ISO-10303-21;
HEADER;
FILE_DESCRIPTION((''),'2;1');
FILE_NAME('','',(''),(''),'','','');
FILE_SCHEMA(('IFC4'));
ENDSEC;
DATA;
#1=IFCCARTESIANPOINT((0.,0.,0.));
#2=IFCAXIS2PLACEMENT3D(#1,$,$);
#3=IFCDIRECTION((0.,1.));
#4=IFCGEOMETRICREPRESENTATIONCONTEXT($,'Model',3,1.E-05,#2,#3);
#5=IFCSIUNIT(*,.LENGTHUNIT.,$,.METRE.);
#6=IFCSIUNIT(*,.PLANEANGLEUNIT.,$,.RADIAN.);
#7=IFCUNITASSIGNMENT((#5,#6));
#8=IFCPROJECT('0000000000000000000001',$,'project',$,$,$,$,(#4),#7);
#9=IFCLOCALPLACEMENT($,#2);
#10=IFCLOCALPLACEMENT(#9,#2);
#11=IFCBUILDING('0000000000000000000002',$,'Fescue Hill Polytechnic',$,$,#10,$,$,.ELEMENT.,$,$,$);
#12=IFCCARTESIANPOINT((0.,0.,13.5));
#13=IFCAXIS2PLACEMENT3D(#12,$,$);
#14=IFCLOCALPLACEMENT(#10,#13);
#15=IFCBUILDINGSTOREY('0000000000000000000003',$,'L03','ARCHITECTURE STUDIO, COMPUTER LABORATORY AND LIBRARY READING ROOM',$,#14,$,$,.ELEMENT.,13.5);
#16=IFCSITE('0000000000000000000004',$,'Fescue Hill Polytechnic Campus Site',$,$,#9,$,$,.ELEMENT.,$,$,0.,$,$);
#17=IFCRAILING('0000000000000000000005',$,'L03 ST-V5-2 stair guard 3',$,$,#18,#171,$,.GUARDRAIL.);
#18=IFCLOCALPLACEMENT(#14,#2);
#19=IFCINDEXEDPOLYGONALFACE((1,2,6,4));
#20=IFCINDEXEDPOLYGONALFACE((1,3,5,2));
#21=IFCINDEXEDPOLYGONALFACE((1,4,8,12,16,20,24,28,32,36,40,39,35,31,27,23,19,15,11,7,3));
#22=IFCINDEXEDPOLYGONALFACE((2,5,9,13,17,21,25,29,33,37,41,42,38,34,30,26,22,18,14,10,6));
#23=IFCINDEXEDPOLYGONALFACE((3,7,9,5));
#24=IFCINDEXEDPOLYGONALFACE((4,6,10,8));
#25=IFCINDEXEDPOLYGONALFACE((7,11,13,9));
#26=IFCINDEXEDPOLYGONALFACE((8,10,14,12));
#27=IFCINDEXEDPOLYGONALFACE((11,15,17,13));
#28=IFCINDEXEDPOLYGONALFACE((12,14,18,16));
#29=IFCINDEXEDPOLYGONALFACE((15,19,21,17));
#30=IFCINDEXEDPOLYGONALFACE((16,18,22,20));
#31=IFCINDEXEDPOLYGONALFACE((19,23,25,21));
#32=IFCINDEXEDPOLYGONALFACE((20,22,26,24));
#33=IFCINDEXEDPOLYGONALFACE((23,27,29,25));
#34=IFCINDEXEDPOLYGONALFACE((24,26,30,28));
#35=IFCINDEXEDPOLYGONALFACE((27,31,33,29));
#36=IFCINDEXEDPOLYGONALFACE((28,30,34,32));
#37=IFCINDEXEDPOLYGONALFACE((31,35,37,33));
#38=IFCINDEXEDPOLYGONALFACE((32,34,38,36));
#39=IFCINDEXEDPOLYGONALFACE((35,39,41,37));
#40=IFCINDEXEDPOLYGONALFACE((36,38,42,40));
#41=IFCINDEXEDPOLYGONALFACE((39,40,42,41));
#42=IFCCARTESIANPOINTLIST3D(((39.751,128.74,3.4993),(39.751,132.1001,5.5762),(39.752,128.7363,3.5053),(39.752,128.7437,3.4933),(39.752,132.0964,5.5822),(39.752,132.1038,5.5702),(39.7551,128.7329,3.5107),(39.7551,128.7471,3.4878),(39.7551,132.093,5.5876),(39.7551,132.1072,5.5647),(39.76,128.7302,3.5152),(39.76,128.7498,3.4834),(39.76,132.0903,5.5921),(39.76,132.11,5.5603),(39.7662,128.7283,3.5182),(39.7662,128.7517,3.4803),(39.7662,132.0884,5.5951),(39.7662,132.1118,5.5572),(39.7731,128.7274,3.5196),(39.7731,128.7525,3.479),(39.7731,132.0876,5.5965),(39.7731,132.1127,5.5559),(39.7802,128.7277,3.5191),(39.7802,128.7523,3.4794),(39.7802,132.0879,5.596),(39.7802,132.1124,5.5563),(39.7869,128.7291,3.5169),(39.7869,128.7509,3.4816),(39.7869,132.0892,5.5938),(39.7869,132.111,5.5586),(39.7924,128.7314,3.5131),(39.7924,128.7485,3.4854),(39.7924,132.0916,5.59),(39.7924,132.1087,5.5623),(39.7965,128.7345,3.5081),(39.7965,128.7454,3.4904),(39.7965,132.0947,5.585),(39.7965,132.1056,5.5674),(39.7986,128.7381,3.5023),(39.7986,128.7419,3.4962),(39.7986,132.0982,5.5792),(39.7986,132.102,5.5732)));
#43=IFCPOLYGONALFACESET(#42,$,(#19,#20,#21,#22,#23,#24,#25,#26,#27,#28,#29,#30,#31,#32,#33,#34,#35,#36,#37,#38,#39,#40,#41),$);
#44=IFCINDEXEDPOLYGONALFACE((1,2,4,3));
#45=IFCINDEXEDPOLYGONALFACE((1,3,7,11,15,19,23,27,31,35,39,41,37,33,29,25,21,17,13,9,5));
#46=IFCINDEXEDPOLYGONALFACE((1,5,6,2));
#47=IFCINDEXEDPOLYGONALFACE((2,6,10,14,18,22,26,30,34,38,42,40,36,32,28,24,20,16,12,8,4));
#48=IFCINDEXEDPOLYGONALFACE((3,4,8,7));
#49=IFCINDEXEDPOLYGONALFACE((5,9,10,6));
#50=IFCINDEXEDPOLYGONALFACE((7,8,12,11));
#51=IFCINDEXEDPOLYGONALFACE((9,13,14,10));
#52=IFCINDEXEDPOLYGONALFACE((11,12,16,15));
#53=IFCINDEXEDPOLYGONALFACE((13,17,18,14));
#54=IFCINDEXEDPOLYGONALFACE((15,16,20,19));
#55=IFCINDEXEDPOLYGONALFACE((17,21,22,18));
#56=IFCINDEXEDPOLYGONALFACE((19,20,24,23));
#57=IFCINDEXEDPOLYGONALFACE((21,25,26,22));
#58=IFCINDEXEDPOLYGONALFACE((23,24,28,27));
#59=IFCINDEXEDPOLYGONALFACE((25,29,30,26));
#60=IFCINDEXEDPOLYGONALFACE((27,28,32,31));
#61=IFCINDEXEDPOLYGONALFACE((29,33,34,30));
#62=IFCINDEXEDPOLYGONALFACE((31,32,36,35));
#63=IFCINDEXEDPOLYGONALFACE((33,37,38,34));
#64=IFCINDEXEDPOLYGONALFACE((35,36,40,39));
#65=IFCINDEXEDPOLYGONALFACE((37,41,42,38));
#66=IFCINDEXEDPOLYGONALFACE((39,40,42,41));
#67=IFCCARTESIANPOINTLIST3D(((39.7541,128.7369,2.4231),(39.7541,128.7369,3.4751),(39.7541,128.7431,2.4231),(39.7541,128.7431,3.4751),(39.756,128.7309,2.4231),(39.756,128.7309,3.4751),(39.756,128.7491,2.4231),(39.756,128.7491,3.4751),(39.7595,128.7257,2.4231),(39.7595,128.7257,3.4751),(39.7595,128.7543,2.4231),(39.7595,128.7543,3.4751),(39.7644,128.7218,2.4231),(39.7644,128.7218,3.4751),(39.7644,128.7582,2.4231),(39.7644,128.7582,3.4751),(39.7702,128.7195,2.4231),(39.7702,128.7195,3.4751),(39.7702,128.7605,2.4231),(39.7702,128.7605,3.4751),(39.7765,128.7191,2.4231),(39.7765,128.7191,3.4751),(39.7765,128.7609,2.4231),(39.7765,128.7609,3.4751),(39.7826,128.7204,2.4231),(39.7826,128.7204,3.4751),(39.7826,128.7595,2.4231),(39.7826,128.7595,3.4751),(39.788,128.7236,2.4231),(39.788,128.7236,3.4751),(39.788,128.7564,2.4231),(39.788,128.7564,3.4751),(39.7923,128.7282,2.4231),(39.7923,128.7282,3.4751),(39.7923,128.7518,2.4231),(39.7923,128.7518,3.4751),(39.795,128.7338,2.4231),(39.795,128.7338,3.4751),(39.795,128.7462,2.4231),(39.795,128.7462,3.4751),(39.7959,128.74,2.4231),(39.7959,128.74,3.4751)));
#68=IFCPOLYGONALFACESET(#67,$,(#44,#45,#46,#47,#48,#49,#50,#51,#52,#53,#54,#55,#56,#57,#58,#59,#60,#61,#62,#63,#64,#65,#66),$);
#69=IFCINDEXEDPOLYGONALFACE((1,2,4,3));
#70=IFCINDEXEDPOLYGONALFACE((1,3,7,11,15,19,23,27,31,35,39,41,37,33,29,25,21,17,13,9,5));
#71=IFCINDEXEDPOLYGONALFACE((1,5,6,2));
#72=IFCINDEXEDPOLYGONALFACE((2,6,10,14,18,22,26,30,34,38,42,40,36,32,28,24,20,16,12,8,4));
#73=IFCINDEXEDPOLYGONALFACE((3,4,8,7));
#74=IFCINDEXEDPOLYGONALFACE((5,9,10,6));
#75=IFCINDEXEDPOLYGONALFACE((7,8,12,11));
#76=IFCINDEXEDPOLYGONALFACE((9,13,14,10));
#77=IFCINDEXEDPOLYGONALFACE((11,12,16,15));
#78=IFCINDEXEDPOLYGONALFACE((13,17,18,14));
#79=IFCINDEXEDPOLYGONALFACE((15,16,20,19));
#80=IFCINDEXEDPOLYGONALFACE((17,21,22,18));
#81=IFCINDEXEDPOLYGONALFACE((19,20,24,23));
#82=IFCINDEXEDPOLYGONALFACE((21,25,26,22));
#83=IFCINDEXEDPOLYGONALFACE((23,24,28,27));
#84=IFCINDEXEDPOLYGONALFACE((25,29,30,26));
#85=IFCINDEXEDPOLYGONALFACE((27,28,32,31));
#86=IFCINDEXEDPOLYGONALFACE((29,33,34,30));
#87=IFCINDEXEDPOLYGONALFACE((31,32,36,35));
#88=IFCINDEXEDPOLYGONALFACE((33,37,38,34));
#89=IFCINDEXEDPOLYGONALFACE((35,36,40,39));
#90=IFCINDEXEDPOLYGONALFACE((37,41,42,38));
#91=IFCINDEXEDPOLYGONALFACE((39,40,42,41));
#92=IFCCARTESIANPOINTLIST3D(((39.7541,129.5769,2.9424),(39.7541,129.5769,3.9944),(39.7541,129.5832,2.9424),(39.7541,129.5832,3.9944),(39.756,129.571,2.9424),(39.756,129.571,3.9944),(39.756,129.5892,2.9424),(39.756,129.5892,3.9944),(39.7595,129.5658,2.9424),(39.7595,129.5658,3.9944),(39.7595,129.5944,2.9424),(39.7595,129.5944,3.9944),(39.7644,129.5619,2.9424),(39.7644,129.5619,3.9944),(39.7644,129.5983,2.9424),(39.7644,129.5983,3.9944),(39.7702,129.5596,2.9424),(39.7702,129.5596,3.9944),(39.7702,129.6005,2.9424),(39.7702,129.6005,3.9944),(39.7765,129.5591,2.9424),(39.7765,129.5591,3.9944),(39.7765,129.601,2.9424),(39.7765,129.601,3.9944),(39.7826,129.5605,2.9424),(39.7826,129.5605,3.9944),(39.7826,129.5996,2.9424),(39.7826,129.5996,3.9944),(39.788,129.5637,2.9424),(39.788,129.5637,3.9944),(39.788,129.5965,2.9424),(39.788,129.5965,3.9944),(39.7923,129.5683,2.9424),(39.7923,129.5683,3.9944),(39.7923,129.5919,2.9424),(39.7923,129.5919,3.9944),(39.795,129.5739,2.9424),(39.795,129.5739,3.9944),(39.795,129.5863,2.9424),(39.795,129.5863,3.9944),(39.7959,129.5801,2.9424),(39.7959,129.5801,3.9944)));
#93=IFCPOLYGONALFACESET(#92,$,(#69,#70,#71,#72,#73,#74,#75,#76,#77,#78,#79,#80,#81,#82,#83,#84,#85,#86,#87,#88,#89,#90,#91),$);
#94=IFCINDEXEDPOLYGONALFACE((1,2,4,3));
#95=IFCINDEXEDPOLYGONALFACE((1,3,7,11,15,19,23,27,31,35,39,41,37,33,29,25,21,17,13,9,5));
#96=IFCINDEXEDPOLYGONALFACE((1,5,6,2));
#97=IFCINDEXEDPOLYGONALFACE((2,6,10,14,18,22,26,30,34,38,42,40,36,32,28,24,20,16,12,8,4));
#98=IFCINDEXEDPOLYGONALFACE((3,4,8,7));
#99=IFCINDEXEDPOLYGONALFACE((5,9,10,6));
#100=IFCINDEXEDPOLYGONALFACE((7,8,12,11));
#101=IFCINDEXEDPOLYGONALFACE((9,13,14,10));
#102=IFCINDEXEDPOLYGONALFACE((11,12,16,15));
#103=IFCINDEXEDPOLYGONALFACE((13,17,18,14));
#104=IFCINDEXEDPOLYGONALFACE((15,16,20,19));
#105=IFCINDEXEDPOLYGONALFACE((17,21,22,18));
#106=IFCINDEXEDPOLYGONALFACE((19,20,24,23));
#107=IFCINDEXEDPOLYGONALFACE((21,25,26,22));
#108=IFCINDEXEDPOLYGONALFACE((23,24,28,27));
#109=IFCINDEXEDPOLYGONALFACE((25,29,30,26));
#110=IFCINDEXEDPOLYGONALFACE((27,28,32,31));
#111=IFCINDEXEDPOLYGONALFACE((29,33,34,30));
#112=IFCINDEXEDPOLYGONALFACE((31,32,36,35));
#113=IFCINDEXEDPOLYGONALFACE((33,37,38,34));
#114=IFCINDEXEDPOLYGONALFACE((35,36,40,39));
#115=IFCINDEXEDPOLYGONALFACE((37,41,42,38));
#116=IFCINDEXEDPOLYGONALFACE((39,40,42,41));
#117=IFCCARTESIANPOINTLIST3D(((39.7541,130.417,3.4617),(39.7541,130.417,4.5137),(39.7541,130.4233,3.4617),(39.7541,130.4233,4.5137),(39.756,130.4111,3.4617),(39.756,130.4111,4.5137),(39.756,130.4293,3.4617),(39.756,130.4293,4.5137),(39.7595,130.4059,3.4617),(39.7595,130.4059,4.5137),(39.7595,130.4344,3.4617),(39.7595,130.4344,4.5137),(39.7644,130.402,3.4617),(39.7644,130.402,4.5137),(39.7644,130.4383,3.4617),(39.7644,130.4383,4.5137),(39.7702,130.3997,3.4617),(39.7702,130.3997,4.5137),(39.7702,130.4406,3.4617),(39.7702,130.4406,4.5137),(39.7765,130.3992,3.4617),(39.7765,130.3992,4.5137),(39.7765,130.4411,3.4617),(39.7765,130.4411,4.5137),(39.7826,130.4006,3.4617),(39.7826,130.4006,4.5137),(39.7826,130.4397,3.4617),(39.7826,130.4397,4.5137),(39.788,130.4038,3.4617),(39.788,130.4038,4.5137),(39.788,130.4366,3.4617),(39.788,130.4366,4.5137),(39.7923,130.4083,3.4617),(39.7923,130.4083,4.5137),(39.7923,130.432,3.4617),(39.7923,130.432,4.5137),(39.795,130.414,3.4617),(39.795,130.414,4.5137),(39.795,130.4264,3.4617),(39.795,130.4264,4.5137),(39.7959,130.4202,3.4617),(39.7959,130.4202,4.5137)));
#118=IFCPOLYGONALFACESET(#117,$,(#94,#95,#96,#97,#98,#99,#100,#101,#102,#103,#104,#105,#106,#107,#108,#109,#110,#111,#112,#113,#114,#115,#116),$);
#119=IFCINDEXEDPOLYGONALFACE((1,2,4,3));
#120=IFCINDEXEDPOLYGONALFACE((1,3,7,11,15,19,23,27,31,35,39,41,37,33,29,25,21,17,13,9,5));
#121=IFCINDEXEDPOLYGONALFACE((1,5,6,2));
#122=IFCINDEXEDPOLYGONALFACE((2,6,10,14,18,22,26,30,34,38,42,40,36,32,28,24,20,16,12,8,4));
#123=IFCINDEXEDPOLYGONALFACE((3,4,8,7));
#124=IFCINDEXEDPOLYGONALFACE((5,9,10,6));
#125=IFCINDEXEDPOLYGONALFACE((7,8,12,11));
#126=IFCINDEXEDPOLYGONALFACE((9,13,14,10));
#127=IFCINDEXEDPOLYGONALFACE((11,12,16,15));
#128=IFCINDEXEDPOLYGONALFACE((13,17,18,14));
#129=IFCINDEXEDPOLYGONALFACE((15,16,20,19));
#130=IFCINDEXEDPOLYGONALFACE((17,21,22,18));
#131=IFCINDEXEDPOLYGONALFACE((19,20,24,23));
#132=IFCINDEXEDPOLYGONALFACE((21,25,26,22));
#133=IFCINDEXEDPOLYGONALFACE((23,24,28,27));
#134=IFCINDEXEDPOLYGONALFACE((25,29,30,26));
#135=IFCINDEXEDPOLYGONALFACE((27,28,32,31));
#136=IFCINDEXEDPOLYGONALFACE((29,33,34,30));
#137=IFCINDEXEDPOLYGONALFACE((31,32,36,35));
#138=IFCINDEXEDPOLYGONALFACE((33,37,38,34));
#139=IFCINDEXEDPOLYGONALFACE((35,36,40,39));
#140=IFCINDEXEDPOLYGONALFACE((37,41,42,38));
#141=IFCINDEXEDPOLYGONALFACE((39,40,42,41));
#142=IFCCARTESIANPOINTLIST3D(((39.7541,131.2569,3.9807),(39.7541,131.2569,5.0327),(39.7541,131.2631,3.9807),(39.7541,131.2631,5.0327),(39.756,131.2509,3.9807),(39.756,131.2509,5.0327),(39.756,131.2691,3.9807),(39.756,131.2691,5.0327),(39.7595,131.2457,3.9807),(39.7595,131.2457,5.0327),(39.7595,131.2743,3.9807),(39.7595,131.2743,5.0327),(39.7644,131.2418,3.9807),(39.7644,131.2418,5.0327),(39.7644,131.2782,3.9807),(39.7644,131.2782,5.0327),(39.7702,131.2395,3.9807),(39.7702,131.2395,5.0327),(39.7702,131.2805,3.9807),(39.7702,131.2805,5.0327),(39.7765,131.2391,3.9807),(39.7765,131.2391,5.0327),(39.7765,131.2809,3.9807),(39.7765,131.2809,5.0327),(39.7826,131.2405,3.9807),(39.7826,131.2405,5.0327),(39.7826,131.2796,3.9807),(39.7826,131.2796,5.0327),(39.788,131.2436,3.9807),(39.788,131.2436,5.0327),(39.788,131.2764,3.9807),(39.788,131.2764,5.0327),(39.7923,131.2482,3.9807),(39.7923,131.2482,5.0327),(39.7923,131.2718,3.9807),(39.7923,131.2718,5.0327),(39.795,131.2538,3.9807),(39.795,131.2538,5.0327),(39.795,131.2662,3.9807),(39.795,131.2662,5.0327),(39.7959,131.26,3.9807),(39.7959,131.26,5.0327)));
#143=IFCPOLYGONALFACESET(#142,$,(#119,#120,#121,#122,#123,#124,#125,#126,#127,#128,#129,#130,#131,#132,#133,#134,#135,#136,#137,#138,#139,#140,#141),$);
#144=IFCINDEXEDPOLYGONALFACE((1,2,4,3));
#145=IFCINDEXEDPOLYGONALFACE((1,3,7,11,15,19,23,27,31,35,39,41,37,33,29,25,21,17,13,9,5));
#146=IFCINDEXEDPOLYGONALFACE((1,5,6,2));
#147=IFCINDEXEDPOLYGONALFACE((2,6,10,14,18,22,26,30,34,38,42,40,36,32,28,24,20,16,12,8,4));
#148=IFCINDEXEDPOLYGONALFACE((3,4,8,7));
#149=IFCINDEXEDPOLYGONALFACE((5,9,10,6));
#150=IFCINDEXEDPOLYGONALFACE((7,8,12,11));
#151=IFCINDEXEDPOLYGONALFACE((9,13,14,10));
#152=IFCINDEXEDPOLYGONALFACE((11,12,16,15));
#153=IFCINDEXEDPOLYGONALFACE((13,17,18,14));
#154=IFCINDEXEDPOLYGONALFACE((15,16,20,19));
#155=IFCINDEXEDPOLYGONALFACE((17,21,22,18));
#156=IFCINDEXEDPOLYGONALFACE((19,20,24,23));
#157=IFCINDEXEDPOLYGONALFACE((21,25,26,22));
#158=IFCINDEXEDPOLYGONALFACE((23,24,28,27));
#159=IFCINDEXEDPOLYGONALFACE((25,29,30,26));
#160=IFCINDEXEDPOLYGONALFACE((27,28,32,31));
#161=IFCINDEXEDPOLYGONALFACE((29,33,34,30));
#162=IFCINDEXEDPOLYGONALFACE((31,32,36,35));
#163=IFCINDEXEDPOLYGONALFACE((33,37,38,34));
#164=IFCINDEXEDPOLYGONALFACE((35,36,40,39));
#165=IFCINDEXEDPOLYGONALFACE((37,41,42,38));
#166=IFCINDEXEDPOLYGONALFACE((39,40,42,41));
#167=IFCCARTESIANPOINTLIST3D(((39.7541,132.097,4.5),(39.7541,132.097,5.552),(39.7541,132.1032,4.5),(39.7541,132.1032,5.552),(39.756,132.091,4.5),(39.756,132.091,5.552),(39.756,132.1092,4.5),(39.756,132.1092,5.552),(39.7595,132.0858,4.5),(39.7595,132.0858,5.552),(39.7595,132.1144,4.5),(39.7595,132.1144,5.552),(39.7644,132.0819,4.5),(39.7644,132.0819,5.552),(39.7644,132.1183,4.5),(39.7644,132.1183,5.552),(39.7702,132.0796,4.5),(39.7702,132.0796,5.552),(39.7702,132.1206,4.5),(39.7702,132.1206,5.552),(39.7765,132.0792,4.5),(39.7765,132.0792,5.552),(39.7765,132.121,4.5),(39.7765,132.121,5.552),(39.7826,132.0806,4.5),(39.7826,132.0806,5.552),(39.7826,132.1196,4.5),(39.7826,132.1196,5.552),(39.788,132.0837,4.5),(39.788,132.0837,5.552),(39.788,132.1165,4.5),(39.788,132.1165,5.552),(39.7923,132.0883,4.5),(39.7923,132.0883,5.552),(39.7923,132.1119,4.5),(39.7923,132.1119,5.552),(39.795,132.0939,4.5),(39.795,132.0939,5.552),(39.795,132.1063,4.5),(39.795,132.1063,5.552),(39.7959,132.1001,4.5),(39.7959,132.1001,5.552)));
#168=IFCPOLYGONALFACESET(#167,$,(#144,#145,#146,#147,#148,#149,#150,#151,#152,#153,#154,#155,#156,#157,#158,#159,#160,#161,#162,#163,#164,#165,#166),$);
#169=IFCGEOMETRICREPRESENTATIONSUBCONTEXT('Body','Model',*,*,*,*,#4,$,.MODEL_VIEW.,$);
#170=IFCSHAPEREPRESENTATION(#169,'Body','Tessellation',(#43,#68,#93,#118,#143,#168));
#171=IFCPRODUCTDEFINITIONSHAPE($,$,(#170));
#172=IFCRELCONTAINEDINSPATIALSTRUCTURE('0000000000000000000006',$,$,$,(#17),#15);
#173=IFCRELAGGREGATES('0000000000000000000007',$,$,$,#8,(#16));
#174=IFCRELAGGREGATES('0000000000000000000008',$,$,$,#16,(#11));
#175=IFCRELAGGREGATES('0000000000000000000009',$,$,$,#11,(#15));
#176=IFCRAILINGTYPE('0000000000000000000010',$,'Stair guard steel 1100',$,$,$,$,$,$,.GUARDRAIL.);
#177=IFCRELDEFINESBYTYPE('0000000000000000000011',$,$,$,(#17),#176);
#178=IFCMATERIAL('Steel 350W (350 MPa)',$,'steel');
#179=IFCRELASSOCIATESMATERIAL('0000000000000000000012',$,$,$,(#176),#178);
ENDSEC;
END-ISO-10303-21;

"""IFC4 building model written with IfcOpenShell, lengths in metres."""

from ifc_helpers import new_model, si_unit, direction, frame, origin, origin_2d, place, context, subcontext, project, spatial, circle, extrude, material, type_object, element, save


model = new_model("IFC4")

# Units and contexts
model_context = context("Model", 3, precision=1e-05, world=origin(), true_north=direction((0.0, 1.0)))
body_context = subcontext(model_context, "Body", "Model", "MODEL_VIEW")
ifc_project = project(units=[si_unit("LENGTHUNIT", "METRE"), si_unit("PLANEANGLEUNIT", "RADIAN")], contexts=[model_context])

# Site, building, storey
site_placement = place(None, origin())
site = spatial("IfcSite", under=ifc_project, at=site_placement, Name="Fescue Hill Polytechnic Campus Site", CompositionType="ELEMENT", RefElevation=0.0)
building_placement = place(site_placement, origin())
building = spatial("IfcBuilding", under=site, at=building_placement, Name="Fescue Hill Polytechnic", CompositionType="ELEMENT")
storey_placement = place(building_placement, frame((0.0, 0.0, 13.5)))
storey = spatial("IfcBuildingStorey", under=building, at=storey_placement, Name="L03", Description="ARCHITECTURE STUDIO, COMPUTER LABORATORY AND LIBRARY READING ROOM", CompositionType="ELEMENT", Elevation=13.5)

# Railing
ifc_material_1 = material(Name="Steel 350W (350 MPa)", Category="steel")
railing_type_1 = type_object("IfcRailingType", Name="Stair guard steel 1100", PredefinedType="GUARDRAIL", material=ifc_material_1)
railing_1_placement = place(storey_placement, frame((39.7749, 128.74, 2.4231)))
element("IfcRailing", 1, at=railing_1_placement, inside=storey, type_object=railing_type_1, Name="L03 ST-V5-2 stair guard 3", PredefinedType="GUARDRAIL", context=body_context, shape_type="SweptSolid", body=[
    extrude(circle(Radius=0.0239, at=origin_2d()), frame((0.0, 0.0, 1.0762), z_axis=(0.0, 0.850623, 0.525776), x_axis=(-1.0, 0.0, 0.0)), (0.0, 0.0, 1.0), 3.9502),
    extrude(circle(Radius=0.021, at=origin_2d()), origin(), (0.0, 0.0, 1.0), 1.052),
    extrude(circle(Radius=0.021, at=origin_2d()), frame((0.0, 0.8401, 0.5193)), (0.0, 0.0, 1.0), 1.052),
    extrude(circle(Radius=0.021, at=origin_2d()), frame((0.0, 1.6802, 1.0386)), (0.0, 0.0, 1.0), 1.052),
    extrude(circle(Radius=0.021, at=origin_2d()), frame((0.0, 2.52, 1.5576)), (0.0, 0.0, 1.0), 1.052),
    extrude(circle(Radius=0.021, at=origin_2d()), frame((0.0, 3.3601, 2.0769)), (0.0, 0.0, 1.0), 1.052),
])

save(model, "model.ifc")
